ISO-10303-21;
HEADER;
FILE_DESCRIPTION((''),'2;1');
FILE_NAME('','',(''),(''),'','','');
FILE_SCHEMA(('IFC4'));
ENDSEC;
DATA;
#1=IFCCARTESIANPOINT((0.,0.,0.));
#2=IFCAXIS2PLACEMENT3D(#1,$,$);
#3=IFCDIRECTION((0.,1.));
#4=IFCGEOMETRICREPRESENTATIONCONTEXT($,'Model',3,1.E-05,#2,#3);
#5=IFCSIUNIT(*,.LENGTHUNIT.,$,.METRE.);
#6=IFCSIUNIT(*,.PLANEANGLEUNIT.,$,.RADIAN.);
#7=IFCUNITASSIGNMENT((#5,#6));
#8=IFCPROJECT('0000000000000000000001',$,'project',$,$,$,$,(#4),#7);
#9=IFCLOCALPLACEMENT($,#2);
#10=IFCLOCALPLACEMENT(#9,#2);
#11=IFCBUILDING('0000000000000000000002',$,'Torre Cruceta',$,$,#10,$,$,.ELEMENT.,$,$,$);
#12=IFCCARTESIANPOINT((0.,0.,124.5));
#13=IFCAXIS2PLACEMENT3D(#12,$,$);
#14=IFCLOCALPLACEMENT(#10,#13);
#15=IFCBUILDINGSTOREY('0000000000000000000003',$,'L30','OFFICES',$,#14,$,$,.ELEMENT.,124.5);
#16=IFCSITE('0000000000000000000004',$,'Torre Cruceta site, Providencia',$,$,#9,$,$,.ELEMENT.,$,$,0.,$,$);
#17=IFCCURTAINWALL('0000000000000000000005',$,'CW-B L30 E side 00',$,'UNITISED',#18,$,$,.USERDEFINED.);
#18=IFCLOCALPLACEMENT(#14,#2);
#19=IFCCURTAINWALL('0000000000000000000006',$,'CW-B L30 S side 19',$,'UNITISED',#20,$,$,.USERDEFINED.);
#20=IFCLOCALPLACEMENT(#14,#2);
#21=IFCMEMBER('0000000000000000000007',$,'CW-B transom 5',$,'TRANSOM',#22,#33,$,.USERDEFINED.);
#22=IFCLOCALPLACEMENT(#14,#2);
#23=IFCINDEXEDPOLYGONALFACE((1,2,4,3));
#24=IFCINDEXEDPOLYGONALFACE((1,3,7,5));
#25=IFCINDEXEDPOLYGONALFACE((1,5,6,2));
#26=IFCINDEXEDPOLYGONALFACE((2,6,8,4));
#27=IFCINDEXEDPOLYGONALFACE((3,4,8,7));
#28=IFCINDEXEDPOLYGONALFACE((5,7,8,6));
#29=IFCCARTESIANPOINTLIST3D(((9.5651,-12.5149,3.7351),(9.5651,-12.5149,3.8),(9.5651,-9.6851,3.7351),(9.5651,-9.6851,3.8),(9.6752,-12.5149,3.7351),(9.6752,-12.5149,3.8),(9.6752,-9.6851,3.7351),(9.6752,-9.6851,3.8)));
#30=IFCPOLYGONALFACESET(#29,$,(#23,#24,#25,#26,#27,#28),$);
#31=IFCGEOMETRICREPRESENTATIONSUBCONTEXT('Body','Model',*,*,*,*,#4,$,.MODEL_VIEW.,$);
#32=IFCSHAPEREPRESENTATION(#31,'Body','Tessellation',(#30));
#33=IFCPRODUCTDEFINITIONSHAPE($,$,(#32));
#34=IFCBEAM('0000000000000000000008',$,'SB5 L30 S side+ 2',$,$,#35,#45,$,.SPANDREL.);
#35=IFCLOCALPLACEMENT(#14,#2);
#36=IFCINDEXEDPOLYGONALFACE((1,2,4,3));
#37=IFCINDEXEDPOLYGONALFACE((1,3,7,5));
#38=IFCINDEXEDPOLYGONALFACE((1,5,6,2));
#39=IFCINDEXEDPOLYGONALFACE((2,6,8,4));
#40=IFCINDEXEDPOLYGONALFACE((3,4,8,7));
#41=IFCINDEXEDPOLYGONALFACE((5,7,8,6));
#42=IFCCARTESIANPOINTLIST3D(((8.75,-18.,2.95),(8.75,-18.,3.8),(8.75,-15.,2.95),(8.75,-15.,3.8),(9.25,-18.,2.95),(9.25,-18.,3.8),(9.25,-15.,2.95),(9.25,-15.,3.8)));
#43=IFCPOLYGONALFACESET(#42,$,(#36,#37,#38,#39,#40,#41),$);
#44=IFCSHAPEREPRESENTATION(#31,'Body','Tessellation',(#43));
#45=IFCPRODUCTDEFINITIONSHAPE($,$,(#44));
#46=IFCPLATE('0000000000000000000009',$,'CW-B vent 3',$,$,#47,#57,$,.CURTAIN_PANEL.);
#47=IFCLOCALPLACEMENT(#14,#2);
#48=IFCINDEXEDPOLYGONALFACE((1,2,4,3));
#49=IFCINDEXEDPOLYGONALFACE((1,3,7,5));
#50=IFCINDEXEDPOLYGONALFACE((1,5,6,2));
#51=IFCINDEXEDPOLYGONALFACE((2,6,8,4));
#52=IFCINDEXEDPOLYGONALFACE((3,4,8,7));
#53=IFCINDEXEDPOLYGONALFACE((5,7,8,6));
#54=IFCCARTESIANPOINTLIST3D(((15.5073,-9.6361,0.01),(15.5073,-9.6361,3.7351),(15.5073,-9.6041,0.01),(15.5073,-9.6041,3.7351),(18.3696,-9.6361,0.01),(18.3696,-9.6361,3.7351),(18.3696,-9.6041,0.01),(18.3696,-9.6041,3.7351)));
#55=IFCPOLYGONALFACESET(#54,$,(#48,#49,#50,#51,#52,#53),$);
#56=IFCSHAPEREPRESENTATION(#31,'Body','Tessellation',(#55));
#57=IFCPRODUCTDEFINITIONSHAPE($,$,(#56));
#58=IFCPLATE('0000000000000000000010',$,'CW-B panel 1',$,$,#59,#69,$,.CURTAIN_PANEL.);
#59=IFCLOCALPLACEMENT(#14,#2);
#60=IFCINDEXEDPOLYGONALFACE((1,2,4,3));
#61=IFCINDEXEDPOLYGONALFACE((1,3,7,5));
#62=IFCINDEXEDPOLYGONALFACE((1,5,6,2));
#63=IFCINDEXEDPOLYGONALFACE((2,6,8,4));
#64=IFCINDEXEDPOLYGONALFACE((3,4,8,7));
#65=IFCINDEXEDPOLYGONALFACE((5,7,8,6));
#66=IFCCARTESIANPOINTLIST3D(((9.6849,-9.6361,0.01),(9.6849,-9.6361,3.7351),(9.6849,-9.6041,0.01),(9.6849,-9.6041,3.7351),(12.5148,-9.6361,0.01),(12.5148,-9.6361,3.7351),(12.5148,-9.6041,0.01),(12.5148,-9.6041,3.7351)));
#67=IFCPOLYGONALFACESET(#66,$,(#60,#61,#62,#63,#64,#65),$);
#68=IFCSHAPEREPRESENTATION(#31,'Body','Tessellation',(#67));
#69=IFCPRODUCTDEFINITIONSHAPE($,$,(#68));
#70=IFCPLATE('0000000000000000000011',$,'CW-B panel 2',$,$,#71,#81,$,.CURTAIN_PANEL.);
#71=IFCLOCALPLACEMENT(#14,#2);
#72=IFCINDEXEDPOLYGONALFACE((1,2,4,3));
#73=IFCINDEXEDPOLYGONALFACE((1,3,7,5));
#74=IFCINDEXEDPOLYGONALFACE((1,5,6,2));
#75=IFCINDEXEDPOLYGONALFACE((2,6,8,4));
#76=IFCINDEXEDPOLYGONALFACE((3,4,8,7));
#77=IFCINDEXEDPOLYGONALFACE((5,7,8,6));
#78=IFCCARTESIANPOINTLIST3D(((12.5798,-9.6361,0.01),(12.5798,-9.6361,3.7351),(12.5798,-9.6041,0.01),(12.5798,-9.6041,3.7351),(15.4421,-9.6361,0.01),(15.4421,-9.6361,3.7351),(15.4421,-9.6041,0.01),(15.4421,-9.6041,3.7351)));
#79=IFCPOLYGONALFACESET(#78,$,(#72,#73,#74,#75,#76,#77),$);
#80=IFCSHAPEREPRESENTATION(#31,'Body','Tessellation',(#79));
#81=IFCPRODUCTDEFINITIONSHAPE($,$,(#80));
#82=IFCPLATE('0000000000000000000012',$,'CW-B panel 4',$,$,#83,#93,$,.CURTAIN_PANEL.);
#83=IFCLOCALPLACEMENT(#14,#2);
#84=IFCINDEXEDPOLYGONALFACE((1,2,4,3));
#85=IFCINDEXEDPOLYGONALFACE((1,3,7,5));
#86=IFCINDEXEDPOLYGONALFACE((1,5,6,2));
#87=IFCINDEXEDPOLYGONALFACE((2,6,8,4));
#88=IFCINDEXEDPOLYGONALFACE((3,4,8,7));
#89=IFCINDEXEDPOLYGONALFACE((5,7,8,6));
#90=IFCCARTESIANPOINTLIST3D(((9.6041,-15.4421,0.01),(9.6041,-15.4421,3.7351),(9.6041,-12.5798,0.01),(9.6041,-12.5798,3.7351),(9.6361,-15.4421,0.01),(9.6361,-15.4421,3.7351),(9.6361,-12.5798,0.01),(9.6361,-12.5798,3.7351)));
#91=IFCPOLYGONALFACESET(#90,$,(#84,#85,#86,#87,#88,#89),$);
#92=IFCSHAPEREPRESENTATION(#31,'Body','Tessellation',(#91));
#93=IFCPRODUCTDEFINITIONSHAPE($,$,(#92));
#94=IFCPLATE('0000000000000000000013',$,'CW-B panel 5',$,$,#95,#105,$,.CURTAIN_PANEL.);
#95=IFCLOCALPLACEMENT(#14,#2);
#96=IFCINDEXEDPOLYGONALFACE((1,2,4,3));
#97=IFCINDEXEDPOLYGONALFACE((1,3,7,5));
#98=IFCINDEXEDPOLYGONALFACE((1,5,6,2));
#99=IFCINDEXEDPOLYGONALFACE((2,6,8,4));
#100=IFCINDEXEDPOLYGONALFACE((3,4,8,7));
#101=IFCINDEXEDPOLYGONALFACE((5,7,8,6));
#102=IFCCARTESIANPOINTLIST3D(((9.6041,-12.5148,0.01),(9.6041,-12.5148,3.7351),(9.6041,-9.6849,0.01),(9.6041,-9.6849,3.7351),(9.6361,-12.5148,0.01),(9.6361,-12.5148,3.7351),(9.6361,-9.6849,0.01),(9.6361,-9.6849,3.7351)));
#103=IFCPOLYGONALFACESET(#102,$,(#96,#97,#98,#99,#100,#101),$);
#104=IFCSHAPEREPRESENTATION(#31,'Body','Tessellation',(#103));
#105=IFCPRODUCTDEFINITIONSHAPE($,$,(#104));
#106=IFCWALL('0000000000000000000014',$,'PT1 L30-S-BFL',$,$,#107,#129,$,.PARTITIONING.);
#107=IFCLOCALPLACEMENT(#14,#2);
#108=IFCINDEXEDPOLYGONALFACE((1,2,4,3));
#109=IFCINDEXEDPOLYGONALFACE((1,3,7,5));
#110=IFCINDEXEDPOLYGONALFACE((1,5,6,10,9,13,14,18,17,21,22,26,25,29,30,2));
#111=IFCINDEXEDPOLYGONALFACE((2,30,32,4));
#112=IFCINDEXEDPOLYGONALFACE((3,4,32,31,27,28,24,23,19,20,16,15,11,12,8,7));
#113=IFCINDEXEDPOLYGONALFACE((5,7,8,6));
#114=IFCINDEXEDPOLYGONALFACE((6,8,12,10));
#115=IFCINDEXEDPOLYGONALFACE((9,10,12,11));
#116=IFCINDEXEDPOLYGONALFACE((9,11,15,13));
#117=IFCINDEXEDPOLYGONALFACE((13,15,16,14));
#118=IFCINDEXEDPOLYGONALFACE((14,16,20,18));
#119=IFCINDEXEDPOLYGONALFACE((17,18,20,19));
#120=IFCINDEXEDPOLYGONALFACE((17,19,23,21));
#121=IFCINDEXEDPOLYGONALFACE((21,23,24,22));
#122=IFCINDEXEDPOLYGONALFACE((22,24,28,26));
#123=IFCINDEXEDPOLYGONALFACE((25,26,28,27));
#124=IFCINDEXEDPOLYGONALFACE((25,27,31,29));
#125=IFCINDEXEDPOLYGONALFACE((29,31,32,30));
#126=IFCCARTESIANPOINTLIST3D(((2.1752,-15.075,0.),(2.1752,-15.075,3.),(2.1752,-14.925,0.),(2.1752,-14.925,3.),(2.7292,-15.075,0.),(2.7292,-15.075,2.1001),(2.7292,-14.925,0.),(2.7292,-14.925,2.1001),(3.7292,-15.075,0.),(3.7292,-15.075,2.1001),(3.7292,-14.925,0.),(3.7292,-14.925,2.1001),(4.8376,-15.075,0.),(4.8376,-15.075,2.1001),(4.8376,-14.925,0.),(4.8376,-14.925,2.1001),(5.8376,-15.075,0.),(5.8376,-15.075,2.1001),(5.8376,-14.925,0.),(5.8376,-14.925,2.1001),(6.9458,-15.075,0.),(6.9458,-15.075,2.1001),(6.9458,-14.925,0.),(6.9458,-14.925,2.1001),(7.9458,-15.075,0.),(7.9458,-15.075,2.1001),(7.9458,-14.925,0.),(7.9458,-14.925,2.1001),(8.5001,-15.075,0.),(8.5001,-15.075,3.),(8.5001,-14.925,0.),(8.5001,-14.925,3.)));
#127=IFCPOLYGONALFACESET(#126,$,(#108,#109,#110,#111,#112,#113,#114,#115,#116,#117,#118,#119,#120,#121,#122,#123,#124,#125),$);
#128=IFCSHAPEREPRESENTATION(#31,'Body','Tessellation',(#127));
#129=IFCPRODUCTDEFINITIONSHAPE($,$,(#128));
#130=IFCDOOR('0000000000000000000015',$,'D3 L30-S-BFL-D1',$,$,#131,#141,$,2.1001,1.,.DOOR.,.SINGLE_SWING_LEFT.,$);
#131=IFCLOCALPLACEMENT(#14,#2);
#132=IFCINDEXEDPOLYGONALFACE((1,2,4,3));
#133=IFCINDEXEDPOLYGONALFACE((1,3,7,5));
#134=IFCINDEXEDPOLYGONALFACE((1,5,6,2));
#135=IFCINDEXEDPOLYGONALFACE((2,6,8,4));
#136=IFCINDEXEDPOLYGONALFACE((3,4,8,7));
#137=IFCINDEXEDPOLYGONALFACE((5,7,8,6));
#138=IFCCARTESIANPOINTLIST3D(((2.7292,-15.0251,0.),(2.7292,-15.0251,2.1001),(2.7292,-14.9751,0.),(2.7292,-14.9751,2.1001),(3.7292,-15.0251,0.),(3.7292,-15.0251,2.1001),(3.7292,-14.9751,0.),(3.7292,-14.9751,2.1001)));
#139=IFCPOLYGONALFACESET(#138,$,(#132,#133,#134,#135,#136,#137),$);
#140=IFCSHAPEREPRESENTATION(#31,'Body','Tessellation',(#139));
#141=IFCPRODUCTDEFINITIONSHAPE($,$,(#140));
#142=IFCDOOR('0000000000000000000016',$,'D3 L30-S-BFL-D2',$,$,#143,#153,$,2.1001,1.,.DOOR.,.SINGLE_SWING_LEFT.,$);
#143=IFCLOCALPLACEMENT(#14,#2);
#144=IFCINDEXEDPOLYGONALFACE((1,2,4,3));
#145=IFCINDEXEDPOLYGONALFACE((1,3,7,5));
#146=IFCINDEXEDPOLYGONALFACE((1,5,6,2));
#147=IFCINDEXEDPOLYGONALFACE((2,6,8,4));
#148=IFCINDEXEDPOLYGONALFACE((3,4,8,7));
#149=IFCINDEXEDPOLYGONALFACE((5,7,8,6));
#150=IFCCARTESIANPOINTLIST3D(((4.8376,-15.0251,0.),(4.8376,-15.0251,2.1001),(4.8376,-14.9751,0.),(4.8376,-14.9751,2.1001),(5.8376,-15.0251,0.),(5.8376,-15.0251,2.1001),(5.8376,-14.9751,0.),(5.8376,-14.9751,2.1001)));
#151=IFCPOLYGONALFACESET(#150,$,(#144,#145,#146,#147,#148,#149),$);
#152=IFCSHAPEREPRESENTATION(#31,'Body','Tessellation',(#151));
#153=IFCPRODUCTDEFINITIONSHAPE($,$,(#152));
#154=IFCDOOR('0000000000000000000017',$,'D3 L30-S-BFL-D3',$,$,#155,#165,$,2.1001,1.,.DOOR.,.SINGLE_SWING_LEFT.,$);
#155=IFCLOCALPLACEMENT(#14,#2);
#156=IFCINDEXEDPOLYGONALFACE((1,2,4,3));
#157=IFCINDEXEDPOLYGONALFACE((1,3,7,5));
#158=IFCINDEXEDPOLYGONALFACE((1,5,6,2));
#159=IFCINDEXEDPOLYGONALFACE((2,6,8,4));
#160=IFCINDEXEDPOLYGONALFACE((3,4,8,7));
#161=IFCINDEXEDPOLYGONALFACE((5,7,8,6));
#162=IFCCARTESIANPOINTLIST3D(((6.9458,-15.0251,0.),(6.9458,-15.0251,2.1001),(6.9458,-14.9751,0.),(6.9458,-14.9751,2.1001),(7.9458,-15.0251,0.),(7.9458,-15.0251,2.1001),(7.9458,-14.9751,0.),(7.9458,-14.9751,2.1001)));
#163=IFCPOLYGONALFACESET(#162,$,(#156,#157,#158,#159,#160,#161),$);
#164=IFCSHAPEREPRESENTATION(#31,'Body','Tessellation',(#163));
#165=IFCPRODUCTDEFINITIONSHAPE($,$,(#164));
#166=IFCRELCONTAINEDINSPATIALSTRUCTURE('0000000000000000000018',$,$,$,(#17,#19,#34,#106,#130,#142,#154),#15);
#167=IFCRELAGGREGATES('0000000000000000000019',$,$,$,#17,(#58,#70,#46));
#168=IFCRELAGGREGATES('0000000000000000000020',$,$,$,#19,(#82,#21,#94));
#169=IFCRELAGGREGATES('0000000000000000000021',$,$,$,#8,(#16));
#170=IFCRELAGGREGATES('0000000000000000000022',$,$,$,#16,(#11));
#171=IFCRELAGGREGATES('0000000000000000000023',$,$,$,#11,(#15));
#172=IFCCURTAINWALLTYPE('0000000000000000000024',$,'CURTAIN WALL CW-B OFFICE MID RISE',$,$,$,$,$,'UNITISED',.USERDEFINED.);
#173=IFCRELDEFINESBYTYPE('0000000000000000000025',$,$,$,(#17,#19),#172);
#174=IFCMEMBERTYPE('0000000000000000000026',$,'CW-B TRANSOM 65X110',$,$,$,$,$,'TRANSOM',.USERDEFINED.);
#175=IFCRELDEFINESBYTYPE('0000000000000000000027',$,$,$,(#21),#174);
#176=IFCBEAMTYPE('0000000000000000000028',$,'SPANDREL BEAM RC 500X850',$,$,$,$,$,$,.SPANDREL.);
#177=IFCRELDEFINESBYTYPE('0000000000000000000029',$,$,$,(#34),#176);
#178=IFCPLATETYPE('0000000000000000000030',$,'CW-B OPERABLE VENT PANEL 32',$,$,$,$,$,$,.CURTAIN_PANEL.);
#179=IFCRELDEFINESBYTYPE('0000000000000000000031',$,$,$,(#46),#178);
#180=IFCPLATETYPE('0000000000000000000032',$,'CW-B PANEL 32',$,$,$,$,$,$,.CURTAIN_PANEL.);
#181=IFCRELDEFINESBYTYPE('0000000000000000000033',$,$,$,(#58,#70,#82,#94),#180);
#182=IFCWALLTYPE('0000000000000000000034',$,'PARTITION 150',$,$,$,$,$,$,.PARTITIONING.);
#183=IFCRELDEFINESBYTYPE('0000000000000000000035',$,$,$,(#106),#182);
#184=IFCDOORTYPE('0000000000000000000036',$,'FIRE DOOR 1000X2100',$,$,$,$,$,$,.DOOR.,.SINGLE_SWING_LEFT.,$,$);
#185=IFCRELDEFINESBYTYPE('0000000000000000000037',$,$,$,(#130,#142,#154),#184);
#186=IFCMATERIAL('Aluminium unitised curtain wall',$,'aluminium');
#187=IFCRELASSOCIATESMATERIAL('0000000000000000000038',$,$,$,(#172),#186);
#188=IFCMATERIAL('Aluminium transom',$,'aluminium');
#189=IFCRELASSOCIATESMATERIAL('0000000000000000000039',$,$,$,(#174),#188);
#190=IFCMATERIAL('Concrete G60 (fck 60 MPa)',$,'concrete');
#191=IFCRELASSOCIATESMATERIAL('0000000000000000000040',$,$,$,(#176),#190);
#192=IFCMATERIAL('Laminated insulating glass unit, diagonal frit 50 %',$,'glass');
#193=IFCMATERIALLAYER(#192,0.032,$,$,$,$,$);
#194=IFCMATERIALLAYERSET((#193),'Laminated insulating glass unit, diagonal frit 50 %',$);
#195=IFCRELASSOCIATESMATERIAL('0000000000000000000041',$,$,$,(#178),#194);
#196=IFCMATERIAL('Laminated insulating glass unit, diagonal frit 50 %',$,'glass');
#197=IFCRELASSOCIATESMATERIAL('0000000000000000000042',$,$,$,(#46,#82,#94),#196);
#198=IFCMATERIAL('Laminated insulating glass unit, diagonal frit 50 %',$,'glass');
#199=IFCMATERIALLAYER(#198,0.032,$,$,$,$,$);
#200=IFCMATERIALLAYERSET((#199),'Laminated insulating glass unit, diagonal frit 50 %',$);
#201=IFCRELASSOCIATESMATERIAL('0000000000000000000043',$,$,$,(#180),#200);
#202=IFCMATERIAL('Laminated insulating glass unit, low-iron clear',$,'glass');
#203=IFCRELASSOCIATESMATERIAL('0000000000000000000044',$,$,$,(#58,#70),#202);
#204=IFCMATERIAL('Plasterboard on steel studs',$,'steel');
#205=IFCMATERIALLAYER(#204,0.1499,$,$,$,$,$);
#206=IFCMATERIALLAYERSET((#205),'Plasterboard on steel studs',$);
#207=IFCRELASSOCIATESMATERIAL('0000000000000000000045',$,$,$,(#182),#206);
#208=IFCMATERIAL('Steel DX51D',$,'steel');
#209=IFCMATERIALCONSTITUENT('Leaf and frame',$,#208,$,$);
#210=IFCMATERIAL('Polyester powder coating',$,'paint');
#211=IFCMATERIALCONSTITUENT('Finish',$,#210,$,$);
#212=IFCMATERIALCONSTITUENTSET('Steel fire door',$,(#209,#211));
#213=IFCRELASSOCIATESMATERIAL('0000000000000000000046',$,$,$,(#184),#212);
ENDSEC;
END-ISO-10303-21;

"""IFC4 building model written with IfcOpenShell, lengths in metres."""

from ifc_helpers import new_model, si_unit, direction, frame, frame_2d, origin, origin_2d, place, context, subcontext, project, spatial, rectangle, extrude, material, layer, layer_set, constituent, constituent_set, material_profile, profile_set, type_object, element, fill, aggregate, save


model = new_model("IFC4")

# Units and contexts
model_context = context("Model", 3, precision=1e-05, world=origin(), true_north=direction((0.0, 1.0)))
body_context = subcontext(model_context, "Body", "Model", "MODEL_VIEW")
ifc_project = project(units=[si_unit("LENGTHUNIT", "METRE"), si_unit("PLANEANGLEUNIT", "RADIAN")], contexts=[model_context])

# Site, building, storey
site_placement = place(None, origin())
site = spatial("IfcSite", under=ifc_project, at=site_placement, Name="Torre Cruceta site, Providencia", CompositionType="ELEMENT", RefElevation=0.0)
building_placement = place(site_placement, origin())
building = spatial("IfcBuilding", under=site, at=building_placement, Name="Torre Cruceta", CompositionType="ELEMENT")
storey_placement = place(building_placement, frame((0.0, 0.0, 124.5)))
storey = spatial("IfcBuildingStorey", under=building, at=storey_placement, Name="L30", Description="OFFICES", CompositionType="ELEMENT", Elevation=124.5)

# Curtain walls
ifc_material_1 = material(Name="Aluminium unitised curtain wall", Category="aluminium")
curtain_wall_type = type_object("IfcCurtainWallType", Name="CURTAIN WALL CW-B OFFICE MID RISE", ElementType="UNITISED", PredefinedType="USERDEFINED", material=ifc_material_1)
curtain_wall_1_placement = place(storey_placement, origin())
curtain_wall_1 = element("IfcCurtainWall", 1, at=curtain_wall_1_placement, inside=storey, type_object=curtain_wall_type, Name="CW-B L30 E side 00", ObjectType="UNITISED", PredefinedType="USERDEFINED")
curtain_wall_2_placement = place(storey_placement, origin())
curtain_wall_2 = element("IfcCurtainWall", 2, at=curtain_wall_2_placement, inside=storey, type_object=curtain_wall_type, Name="CW-B L30 S side 19", ObjectType="UNITISED", PredefinedType="USERDEFINED")

# Member
ifc_material_2 = material(Name="Aluminium transom", Category="aluminium")
ifc_material_profile_1 = material_profile(ifc_material_2, rectangle(XDim=0.1101, YDim=0.0649, at=origin_2d()), Name="AL 110X65")
ifc_profile_set_1 = profile_set([ifc_material_profile_1], Name="Aluminium transom")
member_type_1 = type_object("IfcMemberType", Name="CW-B TRANSOM 65X110", ElementType="TRANSOM", PredefinedType="USERDEFINED", material=ifc_profile_set_1)
member_1_placement = place(storey_placement, frame((9.6201, -12.5149, 3.7676), z_axis=(0.0, 1.0, 0.0), x_axis=(-1.0, 0.0, 0.0)))
member_1 = element("IfcMember", 3, at=member_1_placement, type_object=member_type_1, Name="CW-B transom 5", ObjectType="TRANSOM", PredefinedType="USERDEFINED", context=body_context, shape_type="SweptSolid", body=[
    extrude(rectangle(XDim=0.1101, YDim=0.0649, at=origin_2d()), origin(), (0.0, 0.0, 1.0), 2.8298),
])

# Beam
ifc_material_3 = material(Name="Concrete G60 (fck 60 MPa)", Category="concrete")
ifc_material_profile_2 = material_profile(ifc_material_3, rectangle(XDim=0.5, YDim=0.8501, at=origin_2d()), Name="RC 500X850")
ifc_profile_set_2 = profile_set([ifc_material_profile_2], Name="Concrete G60 (fck 60 MPa)")
beam_type_1 = type_object("IfcBeamType", Name="SPANDREL BEAM RC 500X850", PredefinedType="SPANDREL", material=ifc_profile_set_2)
beam_1_placement = place(storey_placement, frame((9.0, -15.0, 3.375), z_axis=(0.0, -1.0, 0.0), x_axis=(1.0, 0.0, 0.0)))
element("IfcBeam", 4, at=beam_1_placement, inside=storey, type_object=beam_type_1, Name="SB5 L30 S side+ 2", PredefinedType="SPANDREL", context=body_context, shape_type="SweptSolid", body=[
    extrude(rectangle(XDim=0.5, YDim=0.8501, at=origin_2d()), origin(), (0.0, 0.0, 1.0), 3.0),
])

# Plates
ifc_material_4 = material(Name="Laminated insulating glass unit, diagonal frit 50 %", Category="glass")
ifc_material_5 = material(Name="Laminated insulating glass unit, diagonal frit 50 %", Category="glass")
ifc_layer_1 = layer(ifc_material_5, 0.032)
ifc_layer_set_1 = layer_set([ifc_layer_1], Name="Laminated insulating glass unit, diagonal frit 50 %")
plate_type_1 = type_object("IfcPlateType", Name="CW-B OPERABLE VENT PANEL 32", PredefinedType="CURTAIN_PANEL", material=ifc_layer_set_1)
plate_1_placement = place(storey_placement, frame((16.9385, -9.6201, 0.01), z_axis=(0.0, 0.0, 1.0), x_axis=(1.0, 0.0, 0.0)))
plate_1 = element("IfcPlate", 5, at=plate_1_placement, type_object=plate_type_1, material=ifc_material_4, Name="CW-B vent 3", PredefinedType="CURTAIN_PANEL", context=body_context, shape_type="SweptSolid", body=[
    extrude(rectangle(XDim=2.8623, YDim=0.032, at=origin_2d()), origin(), (0.0, 0.0, 1.0), 3.7251),
])
ifc_material_6 = material(Name="Laminated insulating glass unit, low-iron clear", Category="glass")
ifc_material_7 = material(Name="Laminated insulating glass unit, diagonal frit 50 %", Category="glass")
ifc_layer_2 = layer(ifc_material_7, 0.032)
ifc_layer_set_2 = layer_set([ifc_layer_2], Name="Laminated insulating glass unit, diagonal frit 50 %")
plate_type_2 = type_object("IfcPlateType", Name="CW-B PANEL 32", PredefinedType="CURTAIN_PANEL", material=ifc_layer_set_2)
plate_2_placement = place(storey_placement, frame((11.0999, -9.6201, 0.01), z_axis=(0.0, 0.0, 1.0), x_axis=(1.0, 0.0, 0.0)))
plate_2 = element("IfcPlate", 6, at=plate_2_placement, type_object=plate_type_2, material=ifc_material_6, Name="CW-B panel 1", PredefinedType="CURTAIN_PANEL", context=body_context, shape_type="SweptSolid", body=[
    extrude(rectangle(XDim=2.8298, YDim=0.032, at=origin_2d()), origin(), (0.0, 0.0, 1.0), 3.7251),
])
plate_3_placement = place(storey_placement, frame((14.011, -9.6201, 0.01), z_axis=(0.0, 0.0, 1.0), x_axis=(1.0, 0.0, 0.0)))
plate_3 = element("IfcPlate", 7, at=plate_3_placement, type_object=plate_type_2, material=ifc_material_6, Name="CW-B panel 2", PredefinedType="CURTAIN_PANEL", context=body_context, shape_type="SweptSolid", body=[
    extrude(rectangle(XDim=2.8623, YDim=0.032, at=origin_2d()), origin(), (0.0, 0.0, 1.0), 3.7251),
])
aggregate(curtain_wall_1, [plate_2, plate_3, plate_1])
plate_4_placement = place(storey_placement, frame((9.6201, -14.011, 0.01), z_axis=(0.0, 0.0, 1.0), x_axis=(0.0, 1.0, 0.0)))
plate_4 = element("IfcPlate", 8, at=plate_4_placement, type_object=plate_type_2, material=ifc_material_4, Name="CW-B panel 4", PredefinedType="CURTAIN_PANEL", context=body_context, shape_type="SweptSolid", body=[
    extrude(rectangle(XDim=2.8623, YDim=0.032, at=origin_2d()), origin(), (0.0, 0.0, 1.0), 3.7251),
])
plate_5_placement = place(storey_placement, frame((9.6201, -11.0999, 0.01), z_axis=(0.0, 0.0, 1.0), x_axis=(0.0, 1.0, 0.0)))
plate_5 = element("IfcPlate", 9, at=plate_5_placement, type_object=plate_type_2, material=ifc_material_4, Name="CW-B panel 5", PredefinedType="CURTAIN_PANEL", context=body_context, shape_type="SweptSolid", body=[
    extrude(rectangle(XDim=2.8298, YDim=0.032, at=origin_2d()), origin(), (0.0, 0.0, 1.0), 3.7251),
])
aggregate(curtain_wall_2, [plate_4, member_1, plate_5])

# Wall, openings, doors
ifc_material_8 = material(Name="Plasterboard on steel studs", Category="steel")
ifc_layer_3 = layer(ifc_material_8, 0.1499)
ifc_layer_set_3 = layer_set([ifc_layer_3], Name="Plasterboard on steel studs")
wall_type_1 = type_object("IfcWallType", Name="PARTITION 150", PredefinedType="PARTITIONING", material=ifc_layer_set_3)
wall_1_placement = place(storey_placement, frame((2.175, -15.0, 0.0), z_axis=(0.0, 0.0, 1.0), x_axis=(1.0, 0.0, 0.0)))
wall_1 = element("IfcWall", 10, at=wall_1_placement, inside=storey, type_object=wall_type_1, Name="PT1 L30-S-BFL", PredefinedType="PARTITIONING", context=body_context, shape_type="SweptSolid", body=[
    extrude(rectangle(XDim=6.325, YDim=0.1499, at=frame_2d((3.1626, 0.0))), origin(), (0.0, 0.0, 1.0), 3.0),
])
opening_1_placement = place(wall_1_placement, frame((0.5542, 0.0, 0.0)))
opening_1 = element("IfcOpeningElement", 11, at=opening_1_placement, cuts=wall_1, PredefinedType="OPENING", context=body_context, shape_type="SweptSolid", body=[
    extrude(rectangle(XDim=1.0, YDim=2.1001, at=frame_2d((0.5, 1.05))), frame((0.0, 0.085, 0.0), z_axis=(0.0, -1.0, 0.0), x_axis=(1.0, 0.0, 0.0)), (0.0, 0.0, 1.0), 0.1699),
])
opening_2_placement = place(wall_1_placement, frame((2.6626, 0.0, 0.0)))
opening_2 = element("IfcOpeningElement", 12, at=opening_2_placement, cuts=wall_1, PredefinedType="OPENING", context=body_context, shape_type="SweptSolid", body=[
    extrude(rectangle(XDim=1.0, YDim=2.1001, at=frame_2d((0.5, 1.05))), frame((0.0, 0.085, 0.0), z_axis=(0.0, -1.0, 0.0), x_axis=(1.0, 0.0, 0.0)), (0.0, 0.0, 1.0), 0.1699),
])
opening_3_placement = place(wall_1_placement, frame((4.7708, 0.0, 0.0)))
opening_3 = element("IfcOpeningElement", 13, at=opening_3_placement, cuts=wall_1, PredefinedType="OPENING", context=body_context, shape_type="SweptSolid", body=[
    extrude(rectangle(XDim=1.0, YDim=2.1001, at=frame_2d((0.5, 1.05))), frame((0.0, 0.085, 0.0), z_axis=(0.0, -1.0, 0.0), x_axis=(1.0, 0.0, 0.0)), (0.0, 0.0, 1.0), 0.1699),
])
ifc_material_9 = material(Name="Steel DX51D", Category="steel")
ifc_constituent_1 = constituent(ifc_material_9, Name="Leaf and frame")
ifc_material_10 = material(Name="Polyester powder coating", Category="paint")
ifc_constituent_2 = constituent(ifc_material_10, Name="Finish")
ifc_constituent_set = constituent_set(constituents=[ifc_constituent_1, ifc_constituent_2], Name="Steel fire door")
door_type = type_object("IfcDoorType", Name="FIRE DOOR 1000X2100", OperationType="SINGLE_SWING_LEFT", PredefinedType="DOOR", material=ifc_constituent_set)
door_1_placement = place(opening_1_placement, origin())
door_1 = element("IfcDoor", 14, at=door_1_placement, inside=storey, type_object=door_type, Name="D3 L30-S-BFL-D1", OperationType="SINGLE_SWING_LEFT", OverallHeight=2.1001, OverallWidth=1.0, PredefinedType="DOOR", context=body_context, shape_type="SweptSolid", body=[
    extrude(rectangle(XDim=1.0, YDim=2.1001, at=frame_2d((0.5, 1.05))), frame((0.0, 0.0249, 0.0), z_axis=(0.0, -1.0, 0.0), x_axis=(1.0, 0.0, 0.0)), (0.0, 0.0, 1.0), 0.05),
])
fill(opening_1, door_1)
door_2_placement = place(opening_2_placement, origin())
door_2 = element("IfcDoor", 15, at=door_2_placement, inside=storey, type_object=door_type, Name="D3 L30-S-BFL-D2", OperationType="SINGLE_SWING_LEFT", OverallHeight=2.1001, OverallWidth=1.0, PredefinedType="DOOR", context=body_context, shape_type="SweptSolid", body=[
    extrude(rectangle(XDim=1.0, YDim=2.1001, at=frame_2d((0.5, 1.05))), frame((0.0, 0.0249, 0.0), z_axis=(0.0, -1.0, 0.0), x_axis=(1.0, 0.0, 0.0)), (0.0, 0.0, 1.0), 0.05),
])
fill(opening_2, door_2)
door_3_placement = place(opening_3_placement, origin())
door_3 = element("IfcDoor", 16, at=door_3_placement, inside=storey, type_object=door_type, Name="D3 L30-S-BFL-D3", OperationType="SINGLE_SWING_LEFT", OverallHeight=2.1001, OverallWidth=1.0, PredefinedType="DOOR", context=body_context, shape_type="SweptSolid", body=[
    extrude(rectangle(XDim=1.0, YDim=2.1001, at=frame_2d((0.5, 1.05))), frame((0.0, 0.0249, 0.0), z_axis=(0.0, -1.0, 0.0), x_axis=(1.0, 0.0, 0.0)), (0.0, 0.0, 1.0), 0.05),
])
fill(opening_3, door_3)

save(model, "model.ifc")
